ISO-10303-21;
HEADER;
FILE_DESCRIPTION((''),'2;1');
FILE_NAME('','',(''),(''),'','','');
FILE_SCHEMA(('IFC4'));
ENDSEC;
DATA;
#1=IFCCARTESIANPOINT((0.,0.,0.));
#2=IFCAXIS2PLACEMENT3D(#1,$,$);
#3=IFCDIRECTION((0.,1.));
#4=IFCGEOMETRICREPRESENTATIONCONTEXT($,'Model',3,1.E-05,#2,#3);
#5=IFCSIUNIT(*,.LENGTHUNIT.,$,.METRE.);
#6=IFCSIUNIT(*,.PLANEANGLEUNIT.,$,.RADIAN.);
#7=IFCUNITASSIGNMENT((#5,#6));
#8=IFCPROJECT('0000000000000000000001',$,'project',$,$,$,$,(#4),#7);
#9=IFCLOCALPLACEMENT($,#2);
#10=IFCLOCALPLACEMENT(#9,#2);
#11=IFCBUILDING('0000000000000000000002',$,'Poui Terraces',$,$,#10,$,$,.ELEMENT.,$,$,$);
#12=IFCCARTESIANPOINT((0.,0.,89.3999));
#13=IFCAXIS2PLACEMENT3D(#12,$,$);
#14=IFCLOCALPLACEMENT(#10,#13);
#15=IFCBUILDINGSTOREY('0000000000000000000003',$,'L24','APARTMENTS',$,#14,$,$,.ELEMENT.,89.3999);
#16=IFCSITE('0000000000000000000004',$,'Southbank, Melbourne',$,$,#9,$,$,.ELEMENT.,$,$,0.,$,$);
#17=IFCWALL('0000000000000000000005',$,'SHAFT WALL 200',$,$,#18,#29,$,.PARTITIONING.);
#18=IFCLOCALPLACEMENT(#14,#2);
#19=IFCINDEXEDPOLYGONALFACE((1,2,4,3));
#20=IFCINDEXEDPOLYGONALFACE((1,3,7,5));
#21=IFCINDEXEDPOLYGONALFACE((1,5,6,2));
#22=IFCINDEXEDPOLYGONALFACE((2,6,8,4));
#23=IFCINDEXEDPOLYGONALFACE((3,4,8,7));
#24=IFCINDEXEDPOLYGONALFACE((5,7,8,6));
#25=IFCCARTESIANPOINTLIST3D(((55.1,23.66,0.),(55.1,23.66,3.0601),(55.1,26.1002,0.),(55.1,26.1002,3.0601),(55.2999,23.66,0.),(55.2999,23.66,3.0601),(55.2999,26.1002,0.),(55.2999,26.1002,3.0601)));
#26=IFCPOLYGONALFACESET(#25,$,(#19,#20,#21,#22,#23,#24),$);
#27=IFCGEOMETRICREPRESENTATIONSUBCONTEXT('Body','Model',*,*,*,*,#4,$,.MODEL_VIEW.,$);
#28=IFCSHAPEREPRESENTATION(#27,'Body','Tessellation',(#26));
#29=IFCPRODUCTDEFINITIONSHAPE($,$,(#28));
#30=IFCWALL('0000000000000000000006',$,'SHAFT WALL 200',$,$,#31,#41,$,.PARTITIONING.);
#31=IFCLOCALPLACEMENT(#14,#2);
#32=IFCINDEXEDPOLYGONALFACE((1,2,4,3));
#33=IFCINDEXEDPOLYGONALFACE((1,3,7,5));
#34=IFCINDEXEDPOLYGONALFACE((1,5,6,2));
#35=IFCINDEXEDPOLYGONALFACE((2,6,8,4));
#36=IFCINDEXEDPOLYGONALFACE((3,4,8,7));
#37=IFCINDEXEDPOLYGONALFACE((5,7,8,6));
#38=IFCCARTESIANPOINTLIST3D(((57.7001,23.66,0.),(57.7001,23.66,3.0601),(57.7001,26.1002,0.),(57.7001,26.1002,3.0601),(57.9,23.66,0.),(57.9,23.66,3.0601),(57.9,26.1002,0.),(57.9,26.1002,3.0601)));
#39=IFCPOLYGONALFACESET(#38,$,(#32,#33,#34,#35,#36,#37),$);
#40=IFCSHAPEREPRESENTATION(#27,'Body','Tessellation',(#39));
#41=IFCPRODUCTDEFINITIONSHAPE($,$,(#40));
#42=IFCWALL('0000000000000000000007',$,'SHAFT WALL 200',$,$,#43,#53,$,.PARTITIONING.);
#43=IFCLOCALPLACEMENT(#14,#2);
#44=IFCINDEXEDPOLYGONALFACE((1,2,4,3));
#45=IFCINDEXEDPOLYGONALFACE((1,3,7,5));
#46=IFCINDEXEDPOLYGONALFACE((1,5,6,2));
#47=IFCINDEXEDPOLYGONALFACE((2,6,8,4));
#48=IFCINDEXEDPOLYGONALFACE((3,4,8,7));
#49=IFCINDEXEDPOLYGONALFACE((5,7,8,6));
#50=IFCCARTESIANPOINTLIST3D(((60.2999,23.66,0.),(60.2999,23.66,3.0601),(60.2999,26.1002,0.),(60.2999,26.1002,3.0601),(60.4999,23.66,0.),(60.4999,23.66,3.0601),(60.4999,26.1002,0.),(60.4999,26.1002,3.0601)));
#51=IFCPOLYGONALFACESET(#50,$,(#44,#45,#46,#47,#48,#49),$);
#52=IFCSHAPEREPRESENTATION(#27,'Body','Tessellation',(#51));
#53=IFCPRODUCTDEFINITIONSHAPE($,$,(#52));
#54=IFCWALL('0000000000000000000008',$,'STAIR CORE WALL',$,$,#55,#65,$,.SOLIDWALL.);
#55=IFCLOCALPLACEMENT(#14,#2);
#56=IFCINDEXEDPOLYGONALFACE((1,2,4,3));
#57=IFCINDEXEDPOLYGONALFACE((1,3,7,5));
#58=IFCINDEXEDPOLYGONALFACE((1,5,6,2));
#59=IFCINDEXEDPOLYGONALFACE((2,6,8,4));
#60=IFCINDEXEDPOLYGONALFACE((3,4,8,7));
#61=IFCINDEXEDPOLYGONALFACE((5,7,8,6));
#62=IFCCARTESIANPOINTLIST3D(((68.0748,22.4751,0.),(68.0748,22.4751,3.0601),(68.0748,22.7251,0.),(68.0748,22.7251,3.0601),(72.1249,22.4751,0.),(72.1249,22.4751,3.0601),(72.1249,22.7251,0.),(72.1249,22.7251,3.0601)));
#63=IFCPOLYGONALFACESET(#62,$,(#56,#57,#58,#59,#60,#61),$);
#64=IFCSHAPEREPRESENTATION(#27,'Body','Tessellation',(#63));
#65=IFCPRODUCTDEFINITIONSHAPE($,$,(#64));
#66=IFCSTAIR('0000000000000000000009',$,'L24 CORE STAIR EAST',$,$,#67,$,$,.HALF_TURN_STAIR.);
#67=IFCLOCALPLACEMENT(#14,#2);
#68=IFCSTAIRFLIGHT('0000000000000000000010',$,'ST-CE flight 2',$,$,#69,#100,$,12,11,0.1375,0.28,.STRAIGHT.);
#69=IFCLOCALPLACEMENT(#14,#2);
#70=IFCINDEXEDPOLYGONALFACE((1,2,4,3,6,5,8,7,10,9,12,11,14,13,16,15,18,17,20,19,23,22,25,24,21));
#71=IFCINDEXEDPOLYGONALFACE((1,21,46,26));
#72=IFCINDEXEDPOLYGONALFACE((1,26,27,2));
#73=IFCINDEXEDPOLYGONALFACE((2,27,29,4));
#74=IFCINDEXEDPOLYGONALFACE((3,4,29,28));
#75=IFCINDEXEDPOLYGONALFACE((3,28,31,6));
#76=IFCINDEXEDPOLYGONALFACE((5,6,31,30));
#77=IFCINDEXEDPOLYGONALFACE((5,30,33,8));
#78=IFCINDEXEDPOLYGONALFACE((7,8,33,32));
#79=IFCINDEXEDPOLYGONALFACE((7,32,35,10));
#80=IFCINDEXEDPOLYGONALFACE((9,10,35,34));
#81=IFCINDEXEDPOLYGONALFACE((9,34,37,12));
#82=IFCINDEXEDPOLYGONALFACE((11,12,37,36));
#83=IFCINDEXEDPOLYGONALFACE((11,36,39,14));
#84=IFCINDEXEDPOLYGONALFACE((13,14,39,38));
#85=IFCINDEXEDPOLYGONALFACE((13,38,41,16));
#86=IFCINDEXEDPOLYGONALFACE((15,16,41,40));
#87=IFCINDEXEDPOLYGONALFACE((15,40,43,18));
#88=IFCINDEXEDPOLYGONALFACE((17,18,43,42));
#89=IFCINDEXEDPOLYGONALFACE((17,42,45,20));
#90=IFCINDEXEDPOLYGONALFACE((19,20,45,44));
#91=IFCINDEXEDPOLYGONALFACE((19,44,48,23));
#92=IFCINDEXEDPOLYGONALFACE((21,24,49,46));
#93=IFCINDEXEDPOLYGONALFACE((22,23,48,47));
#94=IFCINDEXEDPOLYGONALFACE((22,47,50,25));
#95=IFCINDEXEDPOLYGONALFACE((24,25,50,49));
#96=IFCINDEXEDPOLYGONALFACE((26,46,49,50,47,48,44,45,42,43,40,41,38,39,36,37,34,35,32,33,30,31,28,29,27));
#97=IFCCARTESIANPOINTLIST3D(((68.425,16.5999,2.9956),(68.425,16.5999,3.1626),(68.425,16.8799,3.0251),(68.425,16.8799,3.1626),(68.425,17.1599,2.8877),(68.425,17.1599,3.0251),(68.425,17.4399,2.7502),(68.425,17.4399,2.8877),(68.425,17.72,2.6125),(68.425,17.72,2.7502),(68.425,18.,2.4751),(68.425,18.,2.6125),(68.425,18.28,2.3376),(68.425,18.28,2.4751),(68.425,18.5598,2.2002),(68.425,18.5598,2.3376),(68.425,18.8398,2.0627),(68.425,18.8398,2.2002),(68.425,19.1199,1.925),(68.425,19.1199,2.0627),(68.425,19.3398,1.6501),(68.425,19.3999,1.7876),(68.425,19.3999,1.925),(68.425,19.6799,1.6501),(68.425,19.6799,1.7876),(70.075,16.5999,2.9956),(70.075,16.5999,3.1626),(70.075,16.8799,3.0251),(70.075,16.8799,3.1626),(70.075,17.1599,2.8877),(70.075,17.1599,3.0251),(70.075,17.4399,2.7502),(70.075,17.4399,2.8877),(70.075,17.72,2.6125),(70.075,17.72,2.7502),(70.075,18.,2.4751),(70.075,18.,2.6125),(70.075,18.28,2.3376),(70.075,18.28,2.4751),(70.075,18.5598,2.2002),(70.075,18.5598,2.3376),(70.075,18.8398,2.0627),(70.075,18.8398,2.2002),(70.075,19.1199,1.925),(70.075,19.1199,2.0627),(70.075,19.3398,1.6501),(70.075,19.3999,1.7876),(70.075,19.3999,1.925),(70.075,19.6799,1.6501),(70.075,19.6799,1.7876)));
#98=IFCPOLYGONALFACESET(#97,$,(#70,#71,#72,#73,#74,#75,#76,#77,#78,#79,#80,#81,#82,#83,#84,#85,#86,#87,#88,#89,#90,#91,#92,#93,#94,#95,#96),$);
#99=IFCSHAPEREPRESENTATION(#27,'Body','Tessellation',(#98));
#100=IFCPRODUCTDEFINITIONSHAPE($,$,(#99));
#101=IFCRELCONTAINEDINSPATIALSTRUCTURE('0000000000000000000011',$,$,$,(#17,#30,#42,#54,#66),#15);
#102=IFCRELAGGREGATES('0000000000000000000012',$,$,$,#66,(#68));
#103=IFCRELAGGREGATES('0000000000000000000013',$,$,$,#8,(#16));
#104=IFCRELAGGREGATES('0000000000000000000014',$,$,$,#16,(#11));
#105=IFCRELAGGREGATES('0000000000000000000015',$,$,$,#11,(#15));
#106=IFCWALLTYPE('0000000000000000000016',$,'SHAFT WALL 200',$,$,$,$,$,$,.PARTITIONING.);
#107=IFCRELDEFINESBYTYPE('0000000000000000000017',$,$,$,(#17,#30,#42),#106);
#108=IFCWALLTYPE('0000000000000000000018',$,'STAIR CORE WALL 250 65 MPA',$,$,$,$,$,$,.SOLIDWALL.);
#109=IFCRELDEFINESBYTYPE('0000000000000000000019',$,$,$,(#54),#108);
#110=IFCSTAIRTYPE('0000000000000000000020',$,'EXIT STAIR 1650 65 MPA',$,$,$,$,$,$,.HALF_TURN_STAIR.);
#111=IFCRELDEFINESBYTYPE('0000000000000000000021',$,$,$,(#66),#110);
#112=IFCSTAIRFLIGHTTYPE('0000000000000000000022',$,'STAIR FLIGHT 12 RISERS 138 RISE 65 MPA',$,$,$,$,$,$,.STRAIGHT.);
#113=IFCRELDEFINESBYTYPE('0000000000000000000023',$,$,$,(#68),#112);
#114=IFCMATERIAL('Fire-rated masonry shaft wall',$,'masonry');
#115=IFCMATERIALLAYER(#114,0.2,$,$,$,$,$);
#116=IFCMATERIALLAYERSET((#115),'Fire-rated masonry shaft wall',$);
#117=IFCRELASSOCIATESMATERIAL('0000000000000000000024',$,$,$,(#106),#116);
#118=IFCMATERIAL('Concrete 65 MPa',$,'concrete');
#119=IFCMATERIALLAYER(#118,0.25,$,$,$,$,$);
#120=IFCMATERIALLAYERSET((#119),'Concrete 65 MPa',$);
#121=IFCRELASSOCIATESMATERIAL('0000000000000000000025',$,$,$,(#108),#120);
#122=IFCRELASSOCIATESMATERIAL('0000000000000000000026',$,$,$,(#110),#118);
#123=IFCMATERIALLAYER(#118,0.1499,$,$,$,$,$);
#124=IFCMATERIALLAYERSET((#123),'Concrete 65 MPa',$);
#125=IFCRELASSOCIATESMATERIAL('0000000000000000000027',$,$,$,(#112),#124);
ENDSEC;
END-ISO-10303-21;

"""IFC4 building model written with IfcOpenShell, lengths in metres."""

from ifc_helpers import new_model, si_unit, direction, frame, frame_2d, origin, place, context, subcontext, project, spatial, polyline, rectangle, outline, extrude, material, layer, layer_set, type_object, element, aggregate, save


model = new_model("IFC4")

# Units and contexts
model_context = context("Model", 3, precision=1e-05, world=origin(), true_north=direction((0.0, 1.0)))
body_context = subcontext(model_context, "Body", "Model", "MODEL_VIEW")
ifc_project = project(units=[si_unit("LENGTHUNIT", "METRE"), si_unit("PLANEANGLEUNIT", "RADIAN")], contexts=[model_context])

# Site, building, storey
site_placement = place(None, origin())
site = spatial("IfcSite", under=ifc_project, at=site_placement, Name="Southbank, Melbourne", CompositionType="ELEMENT", RefElevation=0.0)
building_placement = place(site_placement, origin())
building = spatial("IfcBuilding", under=site, at=building_placement, Name="Poui Terraces", CompositionType="ELEMENT")
storey_placement = place(building_placement, frame((0.0, 0.0, 89.3999)))
storey = spatial("IfcBuildingStorey", under=building, at=storey_placement, Name="L24", Description="APARTMENTS", CompositionType="ELEMENT", Elevation=89.3999)

# Shared definitions
ifc_material_1 = material(Name="Concrete 65 MPa", Category="concrete")

# Walls
ifc_material_2 = material(Name="Fire-rated masonry shaft wall", Category="masonry")
ifc_layer_1 = layer(ifc_material_2, 0.2)
ifc_layer_set_1 = layer_set([ifc_layer_1], Name="Fire-rated masonry shaft wall")
wall_type_1 = type_object("IfcWallType", Name="SHAFT WALL 200", PredefinedType="PARTITIONING", material=ifc_layer_set_1)
for number, where, z_axis, x_axis, name in (
    (1, (55.2, 23.6599, 0.0), (0.0, 0.0, 1.0), (0.0, 1.0, 0.0), "SHAFT WALL 200"),
    (2, (57.8, 23.6599, 0.0), (0.0, 0.0, 1.0), (0.0, 1.0, 0.0), "SHAFT WALL 200"),
    (3, (60.3999, 23.6599, 0.0), (0.0, 0.0, 1.0), (0.0, 1.0, 0.0), "SHAFT WALL 200"),
):
    element("IfcWall", number, at=place(storey_placement, frame(where, z_axis=z_axis, x_axis=x_axis)), inside=storey, type_object=wall_type_1, Name=name, PredefinedType="PARTITIONING", context=body_context, shape_type="SweptSolid", body=[
        extrude(rectangle(XDim=2.4402, YDim=0.2, at=frame_2d((1.2202, 0.0))), origin(), (0.0, 0.0, 1.0), 3.0601),
    ])
ifc_layer_2 = layer(ifc_material_1, 0.25)
ifc_layer_set_2 = layer_set([ifc_layer_2], Name="Concrete 65 MPa")
wall_type_2 = type_object("IfcWallType", Name="STAIR CORE WALL 250 65 MPA", PredefinedType="SOLIDWALL", material=ifc_layer_set_2)
wall_1_placement = place(storey_placement, frame((68.075, 22.6001, 0.0), z_axis=(0.0, 0.0, 1.0), x_axis=(1.0, 0.0, 0.0)))
element("IfcWall", 4, at=wall_1_placement, inside=storey, type_object=wall_type_2, Name="STAIR CORE WALL", PredefinedType="SOLIDWALL", context=body_context, shape_type="SweptSolid", body=[
    extrude(rectangle(XDim=4.05, YDim=0.25, at=frame_2d((2.0249, 0.0))), origin(), (0.0, 0.0, 1.0), 3.0601),
])

# Stair, stair flight
stair_type = type_object("IfcStairType", Name="EXIT STAIR 1650 65 MPA", PredefinedType="HALF_TURN_STAIR", material=ifc_material_1)
stair_placement = place(storey_placement, origin())
stair = element("IfcStair", 5, at=stair_placement, inside=storey, type_object=stair_type, Name="L24 CORE STAIR EAST", PredefinedType="HALF_TURN_STAIR")
ifc_layer_3 = layer(ifc_material_1, 0.1499)
ifc_layer_set_3 = layer_set([ifc_layer_3], Name="Concrete 65 MPa")
stair_flight_type = type_object("IfcStairFlightType", Name="STAIR FLIGHT 12 RISERS 138 RISE 65 MPA", PredefinedType="STRAIGHT", material=ifc_layer_set_3)
stair_flight_placement = place(storey_placement, frame((69.25, 19.6799, 1.6501), z_axis=(0.0, 0.0, 1.0), x_axis=(0.0, -1.0, 0.0)))
stair_flight = element("IfcStairFlight", 6, at=stair_flight_placement, type_object=stair_flight_type, Name="ST-CE flight 2", NumberOfRisers=12, NumberOfTreads=11, PredefinedType="STRAIGHT", RiserHeight=0.1375, TreadLength=0.28, context=body_context, shape_type="SweptSolid", body=[
    extrude(outline(polyline([(0.0, 0.0), (0.0, 0.1375), (0.28, 0.1375), (0.28, 0.2749), (0.5601, 0.2749), (0.5601, 0.4126), (0.8401, 0.4126), (0.8401, 0.55), (1.1201, 0.55), (1.1201, 0.6875), (1.3999, 0.6875), (1.3999, 0.825), (1.6799, 0.825), (1.6799, 0.9624), (1.96, 0.9624), (1.96, 1.1001), (2.24, 1.1001), (2.24, 1.2375), (2.52, 1.2375), (2.52, 1.375), (2.8, 1.375), (2.8, 1.5125), (3.0801, 1.5125), (3.0801, 1.6499), (3.0801, 1.3455), (0.3401, 0.0), (0.0, 0.0)])), frame((0.0, 0.825, 0.0), z_axis=(0.0, -1.0, 0.0), x_axis=(1.0, 0.0, 0.0)), (0.0, 0.0, 1.0), 1.6499),
])
aggregate(stair, [stair_flight])

save(model, "model.ifc")
